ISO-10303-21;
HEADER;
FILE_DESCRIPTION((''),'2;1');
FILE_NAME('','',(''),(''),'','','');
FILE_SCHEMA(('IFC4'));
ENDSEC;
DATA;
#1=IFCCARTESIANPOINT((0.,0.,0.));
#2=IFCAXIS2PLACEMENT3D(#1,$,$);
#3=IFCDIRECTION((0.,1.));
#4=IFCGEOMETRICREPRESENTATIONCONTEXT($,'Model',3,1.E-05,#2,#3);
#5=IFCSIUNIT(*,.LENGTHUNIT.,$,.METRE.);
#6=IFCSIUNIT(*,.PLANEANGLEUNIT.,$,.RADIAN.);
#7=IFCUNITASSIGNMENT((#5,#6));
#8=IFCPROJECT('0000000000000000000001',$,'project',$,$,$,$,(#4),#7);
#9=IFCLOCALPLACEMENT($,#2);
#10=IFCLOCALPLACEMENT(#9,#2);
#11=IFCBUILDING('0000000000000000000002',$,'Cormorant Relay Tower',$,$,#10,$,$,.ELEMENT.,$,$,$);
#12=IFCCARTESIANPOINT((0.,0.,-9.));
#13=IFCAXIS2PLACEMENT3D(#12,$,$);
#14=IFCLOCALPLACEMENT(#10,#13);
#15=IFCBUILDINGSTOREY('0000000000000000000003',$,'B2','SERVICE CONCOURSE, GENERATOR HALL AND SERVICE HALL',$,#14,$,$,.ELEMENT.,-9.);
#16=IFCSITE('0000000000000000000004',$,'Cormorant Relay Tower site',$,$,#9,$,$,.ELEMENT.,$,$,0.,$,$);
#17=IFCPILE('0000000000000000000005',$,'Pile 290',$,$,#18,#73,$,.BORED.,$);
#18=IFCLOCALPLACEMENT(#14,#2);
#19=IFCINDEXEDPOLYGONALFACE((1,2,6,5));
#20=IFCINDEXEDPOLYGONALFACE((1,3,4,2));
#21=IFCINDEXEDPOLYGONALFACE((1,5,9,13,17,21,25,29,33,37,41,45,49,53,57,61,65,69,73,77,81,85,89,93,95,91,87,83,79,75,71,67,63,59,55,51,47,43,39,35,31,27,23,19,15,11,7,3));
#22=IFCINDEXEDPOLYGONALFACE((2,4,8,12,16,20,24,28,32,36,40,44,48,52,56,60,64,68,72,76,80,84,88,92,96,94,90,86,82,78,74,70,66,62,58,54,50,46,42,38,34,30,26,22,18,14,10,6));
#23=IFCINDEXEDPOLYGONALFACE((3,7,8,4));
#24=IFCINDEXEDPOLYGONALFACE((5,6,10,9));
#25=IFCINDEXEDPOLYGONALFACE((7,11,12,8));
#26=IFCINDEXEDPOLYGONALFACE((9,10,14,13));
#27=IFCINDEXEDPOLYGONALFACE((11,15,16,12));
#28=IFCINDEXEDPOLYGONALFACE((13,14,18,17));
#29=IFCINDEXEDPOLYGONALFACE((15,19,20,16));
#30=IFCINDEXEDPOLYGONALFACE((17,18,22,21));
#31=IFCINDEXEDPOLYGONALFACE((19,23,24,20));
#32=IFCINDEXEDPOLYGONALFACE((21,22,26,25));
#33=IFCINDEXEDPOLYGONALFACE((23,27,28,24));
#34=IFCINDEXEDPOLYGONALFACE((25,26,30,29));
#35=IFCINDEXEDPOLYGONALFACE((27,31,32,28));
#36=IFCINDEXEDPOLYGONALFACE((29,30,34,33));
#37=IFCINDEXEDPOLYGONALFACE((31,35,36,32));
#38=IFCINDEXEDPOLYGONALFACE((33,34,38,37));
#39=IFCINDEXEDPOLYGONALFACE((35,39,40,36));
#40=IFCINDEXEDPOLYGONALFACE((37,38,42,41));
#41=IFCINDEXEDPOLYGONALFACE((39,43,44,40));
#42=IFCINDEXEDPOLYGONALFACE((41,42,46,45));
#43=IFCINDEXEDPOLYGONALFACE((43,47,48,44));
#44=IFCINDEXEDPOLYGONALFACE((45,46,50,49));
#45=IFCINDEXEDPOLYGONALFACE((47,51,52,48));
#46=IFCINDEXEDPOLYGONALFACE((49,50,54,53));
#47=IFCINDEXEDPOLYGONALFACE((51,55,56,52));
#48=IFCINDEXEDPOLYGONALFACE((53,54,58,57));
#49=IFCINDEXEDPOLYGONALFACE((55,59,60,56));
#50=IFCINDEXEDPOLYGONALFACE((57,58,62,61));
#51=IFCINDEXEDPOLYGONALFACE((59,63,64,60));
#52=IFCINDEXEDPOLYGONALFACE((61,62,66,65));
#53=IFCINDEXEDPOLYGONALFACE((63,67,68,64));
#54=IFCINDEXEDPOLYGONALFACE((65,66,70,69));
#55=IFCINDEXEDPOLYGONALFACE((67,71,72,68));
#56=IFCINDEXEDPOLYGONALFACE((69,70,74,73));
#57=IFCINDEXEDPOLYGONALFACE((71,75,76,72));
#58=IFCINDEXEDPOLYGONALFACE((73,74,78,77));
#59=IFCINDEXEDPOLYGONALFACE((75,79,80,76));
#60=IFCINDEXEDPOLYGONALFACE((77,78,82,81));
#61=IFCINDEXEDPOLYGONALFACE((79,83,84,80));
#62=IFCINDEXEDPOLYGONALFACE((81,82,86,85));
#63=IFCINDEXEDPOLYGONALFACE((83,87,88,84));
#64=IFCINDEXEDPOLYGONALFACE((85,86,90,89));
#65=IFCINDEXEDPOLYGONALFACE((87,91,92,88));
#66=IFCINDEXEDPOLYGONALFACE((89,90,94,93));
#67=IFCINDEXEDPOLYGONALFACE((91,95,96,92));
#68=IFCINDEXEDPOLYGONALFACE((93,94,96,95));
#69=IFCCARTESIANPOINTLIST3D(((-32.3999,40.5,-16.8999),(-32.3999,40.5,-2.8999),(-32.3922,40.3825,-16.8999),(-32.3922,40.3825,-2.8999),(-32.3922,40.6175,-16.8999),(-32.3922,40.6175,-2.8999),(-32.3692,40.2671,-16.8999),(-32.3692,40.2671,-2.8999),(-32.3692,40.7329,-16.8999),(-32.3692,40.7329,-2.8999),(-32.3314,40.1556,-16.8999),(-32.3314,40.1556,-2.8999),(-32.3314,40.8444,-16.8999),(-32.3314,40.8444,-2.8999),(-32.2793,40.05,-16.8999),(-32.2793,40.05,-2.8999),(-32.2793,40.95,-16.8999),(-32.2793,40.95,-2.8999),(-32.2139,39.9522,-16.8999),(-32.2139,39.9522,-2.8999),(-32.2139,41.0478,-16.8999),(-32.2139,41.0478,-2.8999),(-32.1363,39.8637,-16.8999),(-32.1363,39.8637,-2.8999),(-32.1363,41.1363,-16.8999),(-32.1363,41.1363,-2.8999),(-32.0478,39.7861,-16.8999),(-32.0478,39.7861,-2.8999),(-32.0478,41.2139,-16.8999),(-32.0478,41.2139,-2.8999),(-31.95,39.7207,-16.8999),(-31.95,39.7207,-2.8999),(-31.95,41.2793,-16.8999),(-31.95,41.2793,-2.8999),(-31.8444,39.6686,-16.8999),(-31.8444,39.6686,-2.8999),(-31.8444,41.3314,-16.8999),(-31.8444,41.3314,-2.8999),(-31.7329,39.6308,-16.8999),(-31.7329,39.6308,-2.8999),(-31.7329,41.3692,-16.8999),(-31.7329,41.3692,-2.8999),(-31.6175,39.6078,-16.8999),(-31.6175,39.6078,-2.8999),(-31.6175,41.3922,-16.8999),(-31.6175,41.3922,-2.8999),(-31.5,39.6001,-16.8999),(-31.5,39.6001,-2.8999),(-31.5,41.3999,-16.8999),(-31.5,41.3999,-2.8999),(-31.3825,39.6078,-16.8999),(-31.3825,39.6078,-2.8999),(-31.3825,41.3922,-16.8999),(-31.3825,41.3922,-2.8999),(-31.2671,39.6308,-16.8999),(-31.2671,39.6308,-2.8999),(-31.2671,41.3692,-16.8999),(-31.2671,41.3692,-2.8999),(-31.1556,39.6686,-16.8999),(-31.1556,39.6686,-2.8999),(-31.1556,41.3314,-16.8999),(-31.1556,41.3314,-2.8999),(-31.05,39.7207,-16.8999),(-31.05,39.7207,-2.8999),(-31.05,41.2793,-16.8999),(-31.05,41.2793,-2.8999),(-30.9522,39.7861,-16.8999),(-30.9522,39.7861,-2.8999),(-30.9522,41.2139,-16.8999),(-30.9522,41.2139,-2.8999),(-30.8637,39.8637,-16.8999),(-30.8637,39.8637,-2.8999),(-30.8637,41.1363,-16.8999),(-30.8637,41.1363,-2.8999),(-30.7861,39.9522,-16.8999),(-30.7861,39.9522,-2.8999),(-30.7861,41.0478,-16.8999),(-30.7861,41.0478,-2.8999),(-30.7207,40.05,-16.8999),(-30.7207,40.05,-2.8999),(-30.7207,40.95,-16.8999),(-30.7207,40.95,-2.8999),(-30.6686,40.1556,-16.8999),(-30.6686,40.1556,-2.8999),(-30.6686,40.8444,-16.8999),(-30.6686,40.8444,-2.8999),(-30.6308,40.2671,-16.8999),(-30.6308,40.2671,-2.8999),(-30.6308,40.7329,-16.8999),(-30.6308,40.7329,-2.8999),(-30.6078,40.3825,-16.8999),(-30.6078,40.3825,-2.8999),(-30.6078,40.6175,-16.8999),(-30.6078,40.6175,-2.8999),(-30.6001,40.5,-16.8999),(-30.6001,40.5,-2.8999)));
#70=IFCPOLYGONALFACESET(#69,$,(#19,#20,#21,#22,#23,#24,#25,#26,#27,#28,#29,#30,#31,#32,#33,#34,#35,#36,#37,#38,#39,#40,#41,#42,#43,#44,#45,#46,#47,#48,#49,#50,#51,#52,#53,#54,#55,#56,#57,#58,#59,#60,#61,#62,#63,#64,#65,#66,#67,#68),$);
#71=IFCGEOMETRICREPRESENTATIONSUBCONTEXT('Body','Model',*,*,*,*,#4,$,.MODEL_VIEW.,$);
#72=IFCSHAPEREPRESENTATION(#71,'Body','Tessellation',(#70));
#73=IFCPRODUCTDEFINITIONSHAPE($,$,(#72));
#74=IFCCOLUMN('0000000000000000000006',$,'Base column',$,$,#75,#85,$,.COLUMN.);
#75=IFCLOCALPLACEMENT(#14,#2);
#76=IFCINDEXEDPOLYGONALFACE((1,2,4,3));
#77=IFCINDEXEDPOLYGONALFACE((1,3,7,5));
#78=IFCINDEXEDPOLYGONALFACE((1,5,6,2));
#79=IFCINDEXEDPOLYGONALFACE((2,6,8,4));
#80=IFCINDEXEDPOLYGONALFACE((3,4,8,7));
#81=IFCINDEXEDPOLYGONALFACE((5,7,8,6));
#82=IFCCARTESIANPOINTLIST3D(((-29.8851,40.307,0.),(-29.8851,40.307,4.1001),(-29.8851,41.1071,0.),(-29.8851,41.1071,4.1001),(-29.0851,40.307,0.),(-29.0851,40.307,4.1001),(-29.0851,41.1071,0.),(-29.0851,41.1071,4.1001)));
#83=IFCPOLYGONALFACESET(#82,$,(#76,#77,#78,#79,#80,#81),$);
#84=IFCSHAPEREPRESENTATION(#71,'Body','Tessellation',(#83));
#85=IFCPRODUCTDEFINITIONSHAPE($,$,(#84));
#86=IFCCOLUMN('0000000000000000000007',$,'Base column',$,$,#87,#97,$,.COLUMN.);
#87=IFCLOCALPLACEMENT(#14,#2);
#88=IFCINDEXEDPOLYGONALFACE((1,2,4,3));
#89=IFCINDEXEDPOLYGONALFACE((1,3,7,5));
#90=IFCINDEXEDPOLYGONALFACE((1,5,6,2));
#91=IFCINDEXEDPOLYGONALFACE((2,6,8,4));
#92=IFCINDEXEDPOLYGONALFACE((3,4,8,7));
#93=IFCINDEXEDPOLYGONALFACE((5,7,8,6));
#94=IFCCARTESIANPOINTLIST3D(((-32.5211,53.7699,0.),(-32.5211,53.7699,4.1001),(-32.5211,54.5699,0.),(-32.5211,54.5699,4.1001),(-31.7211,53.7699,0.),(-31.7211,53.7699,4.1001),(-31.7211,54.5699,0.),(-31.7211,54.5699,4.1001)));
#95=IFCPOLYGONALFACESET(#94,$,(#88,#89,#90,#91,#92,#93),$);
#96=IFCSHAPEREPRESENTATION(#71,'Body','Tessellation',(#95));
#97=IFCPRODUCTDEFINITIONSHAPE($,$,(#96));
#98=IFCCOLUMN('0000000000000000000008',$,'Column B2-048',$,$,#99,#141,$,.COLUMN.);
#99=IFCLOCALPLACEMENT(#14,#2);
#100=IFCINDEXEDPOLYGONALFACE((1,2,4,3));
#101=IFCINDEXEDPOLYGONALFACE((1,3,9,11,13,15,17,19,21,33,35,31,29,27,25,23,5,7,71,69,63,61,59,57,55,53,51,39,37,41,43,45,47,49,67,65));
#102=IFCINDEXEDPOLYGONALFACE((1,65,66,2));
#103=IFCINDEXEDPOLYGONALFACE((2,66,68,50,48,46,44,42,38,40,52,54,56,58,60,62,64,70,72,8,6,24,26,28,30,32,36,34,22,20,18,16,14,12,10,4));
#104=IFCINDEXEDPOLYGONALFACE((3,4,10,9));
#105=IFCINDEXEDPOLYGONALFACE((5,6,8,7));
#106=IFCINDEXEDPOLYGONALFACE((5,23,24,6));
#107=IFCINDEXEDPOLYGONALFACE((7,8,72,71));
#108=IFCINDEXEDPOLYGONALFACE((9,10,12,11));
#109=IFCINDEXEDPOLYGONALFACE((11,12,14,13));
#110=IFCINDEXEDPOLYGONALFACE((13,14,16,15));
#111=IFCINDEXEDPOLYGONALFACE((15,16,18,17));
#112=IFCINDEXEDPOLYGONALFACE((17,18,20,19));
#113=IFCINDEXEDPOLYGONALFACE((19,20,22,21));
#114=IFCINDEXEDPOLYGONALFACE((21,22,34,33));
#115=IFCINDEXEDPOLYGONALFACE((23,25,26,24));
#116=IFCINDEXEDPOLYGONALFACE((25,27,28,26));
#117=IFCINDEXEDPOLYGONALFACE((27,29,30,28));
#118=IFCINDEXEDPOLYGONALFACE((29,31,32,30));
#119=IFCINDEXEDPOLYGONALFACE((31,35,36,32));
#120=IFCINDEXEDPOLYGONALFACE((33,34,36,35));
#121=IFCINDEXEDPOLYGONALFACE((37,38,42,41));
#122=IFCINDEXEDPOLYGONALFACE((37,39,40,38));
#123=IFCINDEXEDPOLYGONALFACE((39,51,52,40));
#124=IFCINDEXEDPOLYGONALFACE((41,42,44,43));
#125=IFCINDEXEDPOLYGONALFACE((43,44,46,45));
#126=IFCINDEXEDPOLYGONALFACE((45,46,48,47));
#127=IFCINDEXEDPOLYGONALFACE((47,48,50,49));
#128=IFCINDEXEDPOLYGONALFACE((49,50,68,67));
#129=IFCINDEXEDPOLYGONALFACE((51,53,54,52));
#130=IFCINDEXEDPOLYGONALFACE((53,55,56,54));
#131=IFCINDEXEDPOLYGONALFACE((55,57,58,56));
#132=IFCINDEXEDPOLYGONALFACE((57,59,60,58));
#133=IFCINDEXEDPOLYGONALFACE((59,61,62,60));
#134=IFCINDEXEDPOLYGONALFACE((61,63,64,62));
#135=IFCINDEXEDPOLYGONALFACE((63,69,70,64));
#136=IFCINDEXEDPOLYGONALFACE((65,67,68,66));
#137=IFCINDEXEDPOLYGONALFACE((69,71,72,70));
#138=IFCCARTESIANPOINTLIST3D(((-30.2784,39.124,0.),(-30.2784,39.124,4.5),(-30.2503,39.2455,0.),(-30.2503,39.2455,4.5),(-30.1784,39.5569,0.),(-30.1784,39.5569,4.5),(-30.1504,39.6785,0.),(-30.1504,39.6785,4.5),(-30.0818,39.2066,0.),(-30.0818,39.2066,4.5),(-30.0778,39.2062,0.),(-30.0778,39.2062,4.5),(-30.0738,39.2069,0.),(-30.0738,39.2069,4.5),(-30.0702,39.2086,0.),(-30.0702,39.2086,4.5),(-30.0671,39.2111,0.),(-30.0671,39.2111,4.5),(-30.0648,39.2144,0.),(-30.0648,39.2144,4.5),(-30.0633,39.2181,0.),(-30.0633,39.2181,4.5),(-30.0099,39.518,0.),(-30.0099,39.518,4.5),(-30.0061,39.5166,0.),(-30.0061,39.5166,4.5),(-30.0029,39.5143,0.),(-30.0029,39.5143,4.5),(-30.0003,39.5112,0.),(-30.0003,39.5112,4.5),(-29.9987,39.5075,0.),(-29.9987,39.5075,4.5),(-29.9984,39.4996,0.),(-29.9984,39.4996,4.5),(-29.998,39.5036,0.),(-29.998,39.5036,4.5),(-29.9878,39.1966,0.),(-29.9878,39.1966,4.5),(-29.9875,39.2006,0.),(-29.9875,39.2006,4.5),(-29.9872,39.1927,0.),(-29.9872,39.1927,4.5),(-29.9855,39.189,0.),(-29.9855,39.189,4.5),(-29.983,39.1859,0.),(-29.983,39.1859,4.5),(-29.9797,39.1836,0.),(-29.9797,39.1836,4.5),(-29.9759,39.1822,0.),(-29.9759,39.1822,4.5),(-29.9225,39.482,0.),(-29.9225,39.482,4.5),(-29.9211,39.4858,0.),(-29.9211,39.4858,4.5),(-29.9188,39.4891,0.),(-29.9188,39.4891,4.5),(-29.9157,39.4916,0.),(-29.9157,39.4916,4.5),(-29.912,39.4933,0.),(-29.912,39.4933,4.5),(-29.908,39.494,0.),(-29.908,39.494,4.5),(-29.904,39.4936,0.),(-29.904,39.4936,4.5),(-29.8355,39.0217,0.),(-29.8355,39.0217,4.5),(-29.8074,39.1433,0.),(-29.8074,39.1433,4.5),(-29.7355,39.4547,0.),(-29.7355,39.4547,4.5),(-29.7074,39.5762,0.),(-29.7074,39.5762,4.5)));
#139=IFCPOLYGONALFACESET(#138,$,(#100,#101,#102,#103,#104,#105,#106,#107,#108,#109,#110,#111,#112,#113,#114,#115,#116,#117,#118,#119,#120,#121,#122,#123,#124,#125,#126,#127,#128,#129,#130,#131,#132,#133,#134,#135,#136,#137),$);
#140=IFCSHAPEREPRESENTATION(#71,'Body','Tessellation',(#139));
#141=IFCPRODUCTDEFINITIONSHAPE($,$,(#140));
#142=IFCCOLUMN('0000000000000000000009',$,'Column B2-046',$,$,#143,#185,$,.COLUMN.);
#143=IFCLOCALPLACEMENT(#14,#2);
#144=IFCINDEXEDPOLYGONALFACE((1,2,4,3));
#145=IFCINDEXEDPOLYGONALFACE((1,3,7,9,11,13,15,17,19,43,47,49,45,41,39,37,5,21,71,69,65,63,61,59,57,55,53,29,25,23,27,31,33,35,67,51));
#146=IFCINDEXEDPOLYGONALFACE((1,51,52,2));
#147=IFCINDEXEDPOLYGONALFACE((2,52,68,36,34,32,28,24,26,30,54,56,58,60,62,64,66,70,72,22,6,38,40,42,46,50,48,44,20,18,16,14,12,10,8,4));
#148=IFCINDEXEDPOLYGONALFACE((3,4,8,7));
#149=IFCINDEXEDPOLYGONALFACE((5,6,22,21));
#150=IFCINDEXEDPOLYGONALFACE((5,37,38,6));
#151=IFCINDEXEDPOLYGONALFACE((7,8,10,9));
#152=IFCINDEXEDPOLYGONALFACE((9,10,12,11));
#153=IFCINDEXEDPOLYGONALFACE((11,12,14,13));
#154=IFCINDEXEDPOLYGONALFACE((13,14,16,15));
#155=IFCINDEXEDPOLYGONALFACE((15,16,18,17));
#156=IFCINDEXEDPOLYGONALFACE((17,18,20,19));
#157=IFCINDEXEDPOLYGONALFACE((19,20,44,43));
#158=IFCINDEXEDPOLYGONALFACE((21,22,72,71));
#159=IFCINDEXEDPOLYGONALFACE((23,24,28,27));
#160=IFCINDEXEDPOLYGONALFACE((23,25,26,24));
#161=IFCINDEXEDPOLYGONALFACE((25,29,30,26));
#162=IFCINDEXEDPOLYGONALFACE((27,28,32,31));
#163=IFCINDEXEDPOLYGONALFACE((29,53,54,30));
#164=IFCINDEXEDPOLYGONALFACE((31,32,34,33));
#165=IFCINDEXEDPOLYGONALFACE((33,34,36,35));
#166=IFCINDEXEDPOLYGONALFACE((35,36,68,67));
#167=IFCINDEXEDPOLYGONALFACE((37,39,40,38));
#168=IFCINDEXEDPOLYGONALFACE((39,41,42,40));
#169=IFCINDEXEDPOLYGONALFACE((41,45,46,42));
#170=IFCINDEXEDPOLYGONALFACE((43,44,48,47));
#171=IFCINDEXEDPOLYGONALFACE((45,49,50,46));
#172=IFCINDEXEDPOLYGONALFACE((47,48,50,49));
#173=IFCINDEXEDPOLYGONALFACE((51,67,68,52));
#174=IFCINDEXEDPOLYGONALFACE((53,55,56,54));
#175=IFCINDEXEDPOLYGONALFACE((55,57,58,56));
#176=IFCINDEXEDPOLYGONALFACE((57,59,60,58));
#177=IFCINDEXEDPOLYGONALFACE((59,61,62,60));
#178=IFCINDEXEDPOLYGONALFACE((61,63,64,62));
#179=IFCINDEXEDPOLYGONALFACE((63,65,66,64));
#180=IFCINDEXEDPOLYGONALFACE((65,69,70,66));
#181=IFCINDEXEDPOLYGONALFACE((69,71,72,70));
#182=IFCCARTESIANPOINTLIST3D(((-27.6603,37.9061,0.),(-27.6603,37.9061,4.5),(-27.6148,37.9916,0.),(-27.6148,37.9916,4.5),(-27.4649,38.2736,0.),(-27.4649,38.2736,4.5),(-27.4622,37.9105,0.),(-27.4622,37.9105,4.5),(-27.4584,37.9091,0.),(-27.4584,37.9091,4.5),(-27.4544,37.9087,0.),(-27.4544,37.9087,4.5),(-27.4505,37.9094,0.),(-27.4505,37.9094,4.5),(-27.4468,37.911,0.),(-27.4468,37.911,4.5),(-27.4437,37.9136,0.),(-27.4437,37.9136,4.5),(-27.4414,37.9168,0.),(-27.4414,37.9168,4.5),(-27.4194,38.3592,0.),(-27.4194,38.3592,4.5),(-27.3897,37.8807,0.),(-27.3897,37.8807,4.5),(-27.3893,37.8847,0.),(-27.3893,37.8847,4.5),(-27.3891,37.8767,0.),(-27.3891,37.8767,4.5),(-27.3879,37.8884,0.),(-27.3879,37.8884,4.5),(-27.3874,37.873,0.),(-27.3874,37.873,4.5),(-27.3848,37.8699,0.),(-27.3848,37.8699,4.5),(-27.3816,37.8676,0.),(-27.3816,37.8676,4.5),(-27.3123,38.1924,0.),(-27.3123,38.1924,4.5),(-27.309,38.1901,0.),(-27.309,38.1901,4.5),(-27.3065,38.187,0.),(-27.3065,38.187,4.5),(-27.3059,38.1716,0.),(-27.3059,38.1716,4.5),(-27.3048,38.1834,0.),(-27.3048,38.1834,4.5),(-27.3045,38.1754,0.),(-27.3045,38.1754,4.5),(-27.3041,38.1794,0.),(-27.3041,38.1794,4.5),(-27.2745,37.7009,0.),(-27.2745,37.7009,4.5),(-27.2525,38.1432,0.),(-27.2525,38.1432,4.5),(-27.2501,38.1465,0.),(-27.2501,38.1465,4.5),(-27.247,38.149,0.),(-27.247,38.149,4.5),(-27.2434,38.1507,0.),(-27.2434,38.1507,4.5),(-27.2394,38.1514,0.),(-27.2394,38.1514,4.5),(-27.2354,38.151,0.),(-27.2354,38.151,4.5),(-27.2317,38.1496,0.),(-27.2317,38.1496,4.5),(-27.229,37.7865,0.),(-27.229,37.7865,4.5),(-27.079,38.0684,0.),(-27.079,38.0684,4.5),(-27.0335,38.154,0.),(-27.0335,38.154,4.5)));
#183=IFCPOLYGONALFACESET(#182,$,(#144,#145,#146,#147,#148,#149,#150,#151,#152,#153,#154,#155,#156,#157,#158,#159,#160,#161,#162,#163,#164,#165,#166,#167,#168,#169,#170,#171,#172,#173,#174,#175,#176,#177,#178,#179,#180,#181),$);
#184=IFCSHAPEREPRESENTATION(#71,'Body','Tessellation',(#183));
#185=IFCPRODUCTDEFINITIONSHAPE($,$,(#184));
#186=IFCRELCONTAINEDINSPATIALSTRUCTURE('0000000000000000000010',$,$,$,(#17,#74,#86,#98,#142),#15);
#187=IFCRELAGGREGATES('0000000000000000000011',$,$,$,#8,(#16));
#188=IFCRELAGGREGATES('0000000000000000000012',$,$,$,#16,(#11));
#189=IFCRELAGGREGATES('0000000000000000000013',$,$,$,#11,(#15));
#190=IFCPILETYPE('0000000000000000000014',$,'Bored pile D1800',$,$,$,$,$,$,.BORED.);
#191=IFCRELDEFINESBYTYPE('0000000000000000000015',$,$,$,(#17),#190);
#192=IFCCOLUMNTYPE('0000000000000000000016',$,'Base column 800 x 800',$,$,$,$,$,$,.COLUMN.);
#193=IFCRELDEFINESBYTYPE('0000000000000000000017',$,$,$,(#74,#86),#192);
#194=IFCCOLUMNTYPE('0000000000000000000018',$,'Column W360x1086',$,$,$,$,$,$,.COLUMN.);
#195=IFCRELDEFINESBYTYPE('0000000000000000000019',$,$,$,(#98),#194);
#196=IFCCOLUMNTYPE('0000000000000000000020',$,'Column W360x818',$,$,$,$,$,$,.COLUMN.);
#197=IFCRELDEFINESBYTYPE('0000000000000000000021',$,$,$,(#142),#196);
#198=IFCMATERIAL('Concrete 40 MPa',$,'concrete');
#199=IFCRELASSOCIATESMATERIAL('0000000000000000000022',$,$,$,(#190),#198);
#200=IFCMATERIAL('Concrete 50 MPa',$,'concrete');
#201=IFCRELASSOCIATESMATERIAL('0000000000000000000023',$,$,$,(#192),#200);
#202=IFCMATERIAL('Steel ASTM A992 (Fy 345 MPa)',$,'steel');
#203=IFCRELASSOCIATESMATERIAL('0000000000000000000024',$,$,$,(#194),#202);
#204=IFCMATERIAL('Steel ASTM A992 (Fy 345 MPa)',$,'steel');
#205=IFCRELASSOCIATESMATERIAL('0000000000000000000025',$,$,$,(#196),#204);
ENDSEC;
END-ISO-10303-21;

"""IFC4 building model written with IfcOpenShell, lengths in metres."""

from ifc_helpers import new_model, si_unit, direction, frame, origin, origin_2d, place, context, subcontext, project, spatial, rectangle, circle, i_section, extrude, material, material_profile, profile_set, type_object, element, save


model = new_model("IFC4")

# Units and contexts
model_context = context("Model", 3, precision=1e-05, world=origin(), true_north=direction((0.0, 1.0)))
body_context = subcontext(model_context, "Body", "Model", "MODEL_VIEW")
ifc_project = project(units=[si_unit("LENGTHUNIT", "METRE"), si_unit("PLANEANGLEUNIT", "RADIAN")], contexts=[model_context])

# Site, building, storey
site_placement = place(None, origin())
site = spatial("IfcSite", under=ifc_project, at=site_placement, Name="Cormorant Relay Tower site", CompositionType="ELEMENT", RefElevation=0.0)
building_placement = place(site_placement, origin())
building = spatial("IfcBuilding", under=site, at=building_placement, Name="Cormorant Relay Tower", CompositionType="ELEMENT")
storey_placement = place(building_placement, frame((0.0, 0.0, -9.0)))
storey = spatial("IfcBuildingStorey", under=building, at=storey_placement, Name="B2", Description="SERVICE CONCOURSE, GENERATOR HALL AND SERVICE HALL", CompositionType="ELEMENT", Elevation=-9.0)

# Pile
ifc_material_1 = material(Name="Concrete 40 MPa", Category="concrete")
ifc_material_profile_1 = material_profile(ifc_material_1, circle(Radius=0.8999, at=origin_2d()), Name="BP1800")
ifc_profile_set_1 = profile_set([ifc_material_profile_1], Name="Concrete 40 MPa")
pile_type = type_object("IfcPileType", Name="Bored pile D1800", PredefinedType="BORED", material=ifc_profile_set_1)
for number, where, z_axis, x_axis, name in (
    (1, (-31.5, 40.5, -2.8999), (0.0, 0.0, -1.0), (1.0, 0.0, 0.0), "Pile 290"),
):
    element("IfcPile", number, at=place(storey_placement, frame(where, z_axis=z_axis, x_axis=x_axis)), inside=storey, type_object=pile_type, Name=name, PredefinedType="BORED", context=body_context, shape_type="SweptSolid", body=[
        extrude(circle(Radius=0.8999, at=origin_2d()), origin(), (0.0, 0.0, 1.0), 14.0),
    ])

# Columns
ifc_material_2 = material(Name="Concrete 50 MPa", Category="concrete")
ifc_material_profile_2 = material_profile(ifc_material_2, rectangle(XDim=0.8, YDim=0.8, at=origin_2d()), Name="RC 800x800")
ifc_profile_set_2 = profile_set([ifc_material_profile_2], Name="Concrete 50 MPa")
column_type_1 = type_object("IfcColumnType", Name="Base column 800 x 800", PredefinedType="COLUMN", material=ifc_profile_set_2)
for number, where, z_axis, x_axis, name in (
    (2, (-29.4851, 40.707, 0.0), (0.0, 0.0, 1.0), (1.0, 0.0, 0.0), "Base column"),
    (3, (-32.1211, 54.1699, 0.0), (0.0, 0.0, 1.0), (1.0, 0.0, 0.0), "Base column"),
):
    element("IfcColumn", number, at=place(storey_placement, frame(where, z_axis=z_axis, x_axis=x_axis)), inside=storey, type_object=column_type_1, Name=name, PredefinedType="COLUMN", context=body_context, shape_type="SweptSolid", body=[
        extrude(rectangle(XDim=0.8, YDim=0.8, at=origin_2d()), origin(), (0.0, 0.0, 1.0), 4.1001),
    ])
ifc_material_3 = material(Name="Steel ASTM A992 (Fy 345 MPa)", Category="steel")
ifc_material_profile_3 = material_profile(ifc_material_3, i_section(OverallWidth=0.4546, OverallDepth=0.5691, WebThickness=0.0779, FlangeThickness=0.1248, FilletRadius=0.0154, at=origin_2d()), Name="W360x1086")
ifc_profile_set_3 = profile_set([ifc_material_profile_3], Name="Steel ASTM A992 (Fy 345 MPa)")
column_type_2 = type_object("IfcColumnType", Name="Column W360x1086", PredefinedType="COLUMN", material=ifc_profile_set_3)
column_1_placement = place(storey_placement, frame((-29.9929, 39.3501, 0.0), z_axis=(0.0, 0.0, 1.0), x_axis=(-0.97437, 0.224951, 0.0)))
element("IfcColumn", 4, at=column_1_placement, inside=storey, type_object=column_type_2, Name="Column B2-048", PredefinedType="COLUMN", context=body_context, shape_type="SweptSolid", body=[
    extrude(i_section(OverallWidth=0.4546, OverallDepth=0.5691, WebThickness=0.0779, FlangeThickness=0.1248, FilletRadius=0.0154, at=origin_2d()), origin(), (0.0, 0.0, 1.0), 4.5),
])
ifc_material_4 = material(Name="Steel ASTM A992 (Fy 345 MPa)", Category="steel")
ifc_material_profile_4 = material_profile(ifc_material_4, i_section(OverallWidth=0.437, OverallDepth=0.5132, WebThickness=0.0605, FlangeThickness=0.0969, FilletRadius=0.0154, at=origin_2d()), Name="W360x818")
ifc_profile_set_4 = profile_set([ifc_material_profile_4], Name="Steel ASTM A992 (Fy 345 MPa)")
column_type_3 = type_object("IfcColumnType", Name="Column W360x818", PredefinedType="COLUMN", material=ifc_profile_set_4)
column_2_placement = place(storey_placement, frame((-27.3469, 38.03, 0.0), z_axis=(0.0, 0.0, 1.0), x_axis=(-0.882948, 0.469472, 0.0)))
element("IfcColumn", 5, at=column_2_placement, inside=storey, type_object=column_type_3, Name="Column B2-046", PredefinedType="COLUMN", context=body_context, shape_type="SweptSolid", body=[
    extrude(i_section(OverallWidth=0.437, OverallDepth=0.5132, WebThickness=0.0605, FlangeThickness=0.0969, FilletRadius=0.0154, at=origin_2d()), origin(), (0.0, 0.0, 1.0), 4.5),
])

save(model, "model.ifc")
